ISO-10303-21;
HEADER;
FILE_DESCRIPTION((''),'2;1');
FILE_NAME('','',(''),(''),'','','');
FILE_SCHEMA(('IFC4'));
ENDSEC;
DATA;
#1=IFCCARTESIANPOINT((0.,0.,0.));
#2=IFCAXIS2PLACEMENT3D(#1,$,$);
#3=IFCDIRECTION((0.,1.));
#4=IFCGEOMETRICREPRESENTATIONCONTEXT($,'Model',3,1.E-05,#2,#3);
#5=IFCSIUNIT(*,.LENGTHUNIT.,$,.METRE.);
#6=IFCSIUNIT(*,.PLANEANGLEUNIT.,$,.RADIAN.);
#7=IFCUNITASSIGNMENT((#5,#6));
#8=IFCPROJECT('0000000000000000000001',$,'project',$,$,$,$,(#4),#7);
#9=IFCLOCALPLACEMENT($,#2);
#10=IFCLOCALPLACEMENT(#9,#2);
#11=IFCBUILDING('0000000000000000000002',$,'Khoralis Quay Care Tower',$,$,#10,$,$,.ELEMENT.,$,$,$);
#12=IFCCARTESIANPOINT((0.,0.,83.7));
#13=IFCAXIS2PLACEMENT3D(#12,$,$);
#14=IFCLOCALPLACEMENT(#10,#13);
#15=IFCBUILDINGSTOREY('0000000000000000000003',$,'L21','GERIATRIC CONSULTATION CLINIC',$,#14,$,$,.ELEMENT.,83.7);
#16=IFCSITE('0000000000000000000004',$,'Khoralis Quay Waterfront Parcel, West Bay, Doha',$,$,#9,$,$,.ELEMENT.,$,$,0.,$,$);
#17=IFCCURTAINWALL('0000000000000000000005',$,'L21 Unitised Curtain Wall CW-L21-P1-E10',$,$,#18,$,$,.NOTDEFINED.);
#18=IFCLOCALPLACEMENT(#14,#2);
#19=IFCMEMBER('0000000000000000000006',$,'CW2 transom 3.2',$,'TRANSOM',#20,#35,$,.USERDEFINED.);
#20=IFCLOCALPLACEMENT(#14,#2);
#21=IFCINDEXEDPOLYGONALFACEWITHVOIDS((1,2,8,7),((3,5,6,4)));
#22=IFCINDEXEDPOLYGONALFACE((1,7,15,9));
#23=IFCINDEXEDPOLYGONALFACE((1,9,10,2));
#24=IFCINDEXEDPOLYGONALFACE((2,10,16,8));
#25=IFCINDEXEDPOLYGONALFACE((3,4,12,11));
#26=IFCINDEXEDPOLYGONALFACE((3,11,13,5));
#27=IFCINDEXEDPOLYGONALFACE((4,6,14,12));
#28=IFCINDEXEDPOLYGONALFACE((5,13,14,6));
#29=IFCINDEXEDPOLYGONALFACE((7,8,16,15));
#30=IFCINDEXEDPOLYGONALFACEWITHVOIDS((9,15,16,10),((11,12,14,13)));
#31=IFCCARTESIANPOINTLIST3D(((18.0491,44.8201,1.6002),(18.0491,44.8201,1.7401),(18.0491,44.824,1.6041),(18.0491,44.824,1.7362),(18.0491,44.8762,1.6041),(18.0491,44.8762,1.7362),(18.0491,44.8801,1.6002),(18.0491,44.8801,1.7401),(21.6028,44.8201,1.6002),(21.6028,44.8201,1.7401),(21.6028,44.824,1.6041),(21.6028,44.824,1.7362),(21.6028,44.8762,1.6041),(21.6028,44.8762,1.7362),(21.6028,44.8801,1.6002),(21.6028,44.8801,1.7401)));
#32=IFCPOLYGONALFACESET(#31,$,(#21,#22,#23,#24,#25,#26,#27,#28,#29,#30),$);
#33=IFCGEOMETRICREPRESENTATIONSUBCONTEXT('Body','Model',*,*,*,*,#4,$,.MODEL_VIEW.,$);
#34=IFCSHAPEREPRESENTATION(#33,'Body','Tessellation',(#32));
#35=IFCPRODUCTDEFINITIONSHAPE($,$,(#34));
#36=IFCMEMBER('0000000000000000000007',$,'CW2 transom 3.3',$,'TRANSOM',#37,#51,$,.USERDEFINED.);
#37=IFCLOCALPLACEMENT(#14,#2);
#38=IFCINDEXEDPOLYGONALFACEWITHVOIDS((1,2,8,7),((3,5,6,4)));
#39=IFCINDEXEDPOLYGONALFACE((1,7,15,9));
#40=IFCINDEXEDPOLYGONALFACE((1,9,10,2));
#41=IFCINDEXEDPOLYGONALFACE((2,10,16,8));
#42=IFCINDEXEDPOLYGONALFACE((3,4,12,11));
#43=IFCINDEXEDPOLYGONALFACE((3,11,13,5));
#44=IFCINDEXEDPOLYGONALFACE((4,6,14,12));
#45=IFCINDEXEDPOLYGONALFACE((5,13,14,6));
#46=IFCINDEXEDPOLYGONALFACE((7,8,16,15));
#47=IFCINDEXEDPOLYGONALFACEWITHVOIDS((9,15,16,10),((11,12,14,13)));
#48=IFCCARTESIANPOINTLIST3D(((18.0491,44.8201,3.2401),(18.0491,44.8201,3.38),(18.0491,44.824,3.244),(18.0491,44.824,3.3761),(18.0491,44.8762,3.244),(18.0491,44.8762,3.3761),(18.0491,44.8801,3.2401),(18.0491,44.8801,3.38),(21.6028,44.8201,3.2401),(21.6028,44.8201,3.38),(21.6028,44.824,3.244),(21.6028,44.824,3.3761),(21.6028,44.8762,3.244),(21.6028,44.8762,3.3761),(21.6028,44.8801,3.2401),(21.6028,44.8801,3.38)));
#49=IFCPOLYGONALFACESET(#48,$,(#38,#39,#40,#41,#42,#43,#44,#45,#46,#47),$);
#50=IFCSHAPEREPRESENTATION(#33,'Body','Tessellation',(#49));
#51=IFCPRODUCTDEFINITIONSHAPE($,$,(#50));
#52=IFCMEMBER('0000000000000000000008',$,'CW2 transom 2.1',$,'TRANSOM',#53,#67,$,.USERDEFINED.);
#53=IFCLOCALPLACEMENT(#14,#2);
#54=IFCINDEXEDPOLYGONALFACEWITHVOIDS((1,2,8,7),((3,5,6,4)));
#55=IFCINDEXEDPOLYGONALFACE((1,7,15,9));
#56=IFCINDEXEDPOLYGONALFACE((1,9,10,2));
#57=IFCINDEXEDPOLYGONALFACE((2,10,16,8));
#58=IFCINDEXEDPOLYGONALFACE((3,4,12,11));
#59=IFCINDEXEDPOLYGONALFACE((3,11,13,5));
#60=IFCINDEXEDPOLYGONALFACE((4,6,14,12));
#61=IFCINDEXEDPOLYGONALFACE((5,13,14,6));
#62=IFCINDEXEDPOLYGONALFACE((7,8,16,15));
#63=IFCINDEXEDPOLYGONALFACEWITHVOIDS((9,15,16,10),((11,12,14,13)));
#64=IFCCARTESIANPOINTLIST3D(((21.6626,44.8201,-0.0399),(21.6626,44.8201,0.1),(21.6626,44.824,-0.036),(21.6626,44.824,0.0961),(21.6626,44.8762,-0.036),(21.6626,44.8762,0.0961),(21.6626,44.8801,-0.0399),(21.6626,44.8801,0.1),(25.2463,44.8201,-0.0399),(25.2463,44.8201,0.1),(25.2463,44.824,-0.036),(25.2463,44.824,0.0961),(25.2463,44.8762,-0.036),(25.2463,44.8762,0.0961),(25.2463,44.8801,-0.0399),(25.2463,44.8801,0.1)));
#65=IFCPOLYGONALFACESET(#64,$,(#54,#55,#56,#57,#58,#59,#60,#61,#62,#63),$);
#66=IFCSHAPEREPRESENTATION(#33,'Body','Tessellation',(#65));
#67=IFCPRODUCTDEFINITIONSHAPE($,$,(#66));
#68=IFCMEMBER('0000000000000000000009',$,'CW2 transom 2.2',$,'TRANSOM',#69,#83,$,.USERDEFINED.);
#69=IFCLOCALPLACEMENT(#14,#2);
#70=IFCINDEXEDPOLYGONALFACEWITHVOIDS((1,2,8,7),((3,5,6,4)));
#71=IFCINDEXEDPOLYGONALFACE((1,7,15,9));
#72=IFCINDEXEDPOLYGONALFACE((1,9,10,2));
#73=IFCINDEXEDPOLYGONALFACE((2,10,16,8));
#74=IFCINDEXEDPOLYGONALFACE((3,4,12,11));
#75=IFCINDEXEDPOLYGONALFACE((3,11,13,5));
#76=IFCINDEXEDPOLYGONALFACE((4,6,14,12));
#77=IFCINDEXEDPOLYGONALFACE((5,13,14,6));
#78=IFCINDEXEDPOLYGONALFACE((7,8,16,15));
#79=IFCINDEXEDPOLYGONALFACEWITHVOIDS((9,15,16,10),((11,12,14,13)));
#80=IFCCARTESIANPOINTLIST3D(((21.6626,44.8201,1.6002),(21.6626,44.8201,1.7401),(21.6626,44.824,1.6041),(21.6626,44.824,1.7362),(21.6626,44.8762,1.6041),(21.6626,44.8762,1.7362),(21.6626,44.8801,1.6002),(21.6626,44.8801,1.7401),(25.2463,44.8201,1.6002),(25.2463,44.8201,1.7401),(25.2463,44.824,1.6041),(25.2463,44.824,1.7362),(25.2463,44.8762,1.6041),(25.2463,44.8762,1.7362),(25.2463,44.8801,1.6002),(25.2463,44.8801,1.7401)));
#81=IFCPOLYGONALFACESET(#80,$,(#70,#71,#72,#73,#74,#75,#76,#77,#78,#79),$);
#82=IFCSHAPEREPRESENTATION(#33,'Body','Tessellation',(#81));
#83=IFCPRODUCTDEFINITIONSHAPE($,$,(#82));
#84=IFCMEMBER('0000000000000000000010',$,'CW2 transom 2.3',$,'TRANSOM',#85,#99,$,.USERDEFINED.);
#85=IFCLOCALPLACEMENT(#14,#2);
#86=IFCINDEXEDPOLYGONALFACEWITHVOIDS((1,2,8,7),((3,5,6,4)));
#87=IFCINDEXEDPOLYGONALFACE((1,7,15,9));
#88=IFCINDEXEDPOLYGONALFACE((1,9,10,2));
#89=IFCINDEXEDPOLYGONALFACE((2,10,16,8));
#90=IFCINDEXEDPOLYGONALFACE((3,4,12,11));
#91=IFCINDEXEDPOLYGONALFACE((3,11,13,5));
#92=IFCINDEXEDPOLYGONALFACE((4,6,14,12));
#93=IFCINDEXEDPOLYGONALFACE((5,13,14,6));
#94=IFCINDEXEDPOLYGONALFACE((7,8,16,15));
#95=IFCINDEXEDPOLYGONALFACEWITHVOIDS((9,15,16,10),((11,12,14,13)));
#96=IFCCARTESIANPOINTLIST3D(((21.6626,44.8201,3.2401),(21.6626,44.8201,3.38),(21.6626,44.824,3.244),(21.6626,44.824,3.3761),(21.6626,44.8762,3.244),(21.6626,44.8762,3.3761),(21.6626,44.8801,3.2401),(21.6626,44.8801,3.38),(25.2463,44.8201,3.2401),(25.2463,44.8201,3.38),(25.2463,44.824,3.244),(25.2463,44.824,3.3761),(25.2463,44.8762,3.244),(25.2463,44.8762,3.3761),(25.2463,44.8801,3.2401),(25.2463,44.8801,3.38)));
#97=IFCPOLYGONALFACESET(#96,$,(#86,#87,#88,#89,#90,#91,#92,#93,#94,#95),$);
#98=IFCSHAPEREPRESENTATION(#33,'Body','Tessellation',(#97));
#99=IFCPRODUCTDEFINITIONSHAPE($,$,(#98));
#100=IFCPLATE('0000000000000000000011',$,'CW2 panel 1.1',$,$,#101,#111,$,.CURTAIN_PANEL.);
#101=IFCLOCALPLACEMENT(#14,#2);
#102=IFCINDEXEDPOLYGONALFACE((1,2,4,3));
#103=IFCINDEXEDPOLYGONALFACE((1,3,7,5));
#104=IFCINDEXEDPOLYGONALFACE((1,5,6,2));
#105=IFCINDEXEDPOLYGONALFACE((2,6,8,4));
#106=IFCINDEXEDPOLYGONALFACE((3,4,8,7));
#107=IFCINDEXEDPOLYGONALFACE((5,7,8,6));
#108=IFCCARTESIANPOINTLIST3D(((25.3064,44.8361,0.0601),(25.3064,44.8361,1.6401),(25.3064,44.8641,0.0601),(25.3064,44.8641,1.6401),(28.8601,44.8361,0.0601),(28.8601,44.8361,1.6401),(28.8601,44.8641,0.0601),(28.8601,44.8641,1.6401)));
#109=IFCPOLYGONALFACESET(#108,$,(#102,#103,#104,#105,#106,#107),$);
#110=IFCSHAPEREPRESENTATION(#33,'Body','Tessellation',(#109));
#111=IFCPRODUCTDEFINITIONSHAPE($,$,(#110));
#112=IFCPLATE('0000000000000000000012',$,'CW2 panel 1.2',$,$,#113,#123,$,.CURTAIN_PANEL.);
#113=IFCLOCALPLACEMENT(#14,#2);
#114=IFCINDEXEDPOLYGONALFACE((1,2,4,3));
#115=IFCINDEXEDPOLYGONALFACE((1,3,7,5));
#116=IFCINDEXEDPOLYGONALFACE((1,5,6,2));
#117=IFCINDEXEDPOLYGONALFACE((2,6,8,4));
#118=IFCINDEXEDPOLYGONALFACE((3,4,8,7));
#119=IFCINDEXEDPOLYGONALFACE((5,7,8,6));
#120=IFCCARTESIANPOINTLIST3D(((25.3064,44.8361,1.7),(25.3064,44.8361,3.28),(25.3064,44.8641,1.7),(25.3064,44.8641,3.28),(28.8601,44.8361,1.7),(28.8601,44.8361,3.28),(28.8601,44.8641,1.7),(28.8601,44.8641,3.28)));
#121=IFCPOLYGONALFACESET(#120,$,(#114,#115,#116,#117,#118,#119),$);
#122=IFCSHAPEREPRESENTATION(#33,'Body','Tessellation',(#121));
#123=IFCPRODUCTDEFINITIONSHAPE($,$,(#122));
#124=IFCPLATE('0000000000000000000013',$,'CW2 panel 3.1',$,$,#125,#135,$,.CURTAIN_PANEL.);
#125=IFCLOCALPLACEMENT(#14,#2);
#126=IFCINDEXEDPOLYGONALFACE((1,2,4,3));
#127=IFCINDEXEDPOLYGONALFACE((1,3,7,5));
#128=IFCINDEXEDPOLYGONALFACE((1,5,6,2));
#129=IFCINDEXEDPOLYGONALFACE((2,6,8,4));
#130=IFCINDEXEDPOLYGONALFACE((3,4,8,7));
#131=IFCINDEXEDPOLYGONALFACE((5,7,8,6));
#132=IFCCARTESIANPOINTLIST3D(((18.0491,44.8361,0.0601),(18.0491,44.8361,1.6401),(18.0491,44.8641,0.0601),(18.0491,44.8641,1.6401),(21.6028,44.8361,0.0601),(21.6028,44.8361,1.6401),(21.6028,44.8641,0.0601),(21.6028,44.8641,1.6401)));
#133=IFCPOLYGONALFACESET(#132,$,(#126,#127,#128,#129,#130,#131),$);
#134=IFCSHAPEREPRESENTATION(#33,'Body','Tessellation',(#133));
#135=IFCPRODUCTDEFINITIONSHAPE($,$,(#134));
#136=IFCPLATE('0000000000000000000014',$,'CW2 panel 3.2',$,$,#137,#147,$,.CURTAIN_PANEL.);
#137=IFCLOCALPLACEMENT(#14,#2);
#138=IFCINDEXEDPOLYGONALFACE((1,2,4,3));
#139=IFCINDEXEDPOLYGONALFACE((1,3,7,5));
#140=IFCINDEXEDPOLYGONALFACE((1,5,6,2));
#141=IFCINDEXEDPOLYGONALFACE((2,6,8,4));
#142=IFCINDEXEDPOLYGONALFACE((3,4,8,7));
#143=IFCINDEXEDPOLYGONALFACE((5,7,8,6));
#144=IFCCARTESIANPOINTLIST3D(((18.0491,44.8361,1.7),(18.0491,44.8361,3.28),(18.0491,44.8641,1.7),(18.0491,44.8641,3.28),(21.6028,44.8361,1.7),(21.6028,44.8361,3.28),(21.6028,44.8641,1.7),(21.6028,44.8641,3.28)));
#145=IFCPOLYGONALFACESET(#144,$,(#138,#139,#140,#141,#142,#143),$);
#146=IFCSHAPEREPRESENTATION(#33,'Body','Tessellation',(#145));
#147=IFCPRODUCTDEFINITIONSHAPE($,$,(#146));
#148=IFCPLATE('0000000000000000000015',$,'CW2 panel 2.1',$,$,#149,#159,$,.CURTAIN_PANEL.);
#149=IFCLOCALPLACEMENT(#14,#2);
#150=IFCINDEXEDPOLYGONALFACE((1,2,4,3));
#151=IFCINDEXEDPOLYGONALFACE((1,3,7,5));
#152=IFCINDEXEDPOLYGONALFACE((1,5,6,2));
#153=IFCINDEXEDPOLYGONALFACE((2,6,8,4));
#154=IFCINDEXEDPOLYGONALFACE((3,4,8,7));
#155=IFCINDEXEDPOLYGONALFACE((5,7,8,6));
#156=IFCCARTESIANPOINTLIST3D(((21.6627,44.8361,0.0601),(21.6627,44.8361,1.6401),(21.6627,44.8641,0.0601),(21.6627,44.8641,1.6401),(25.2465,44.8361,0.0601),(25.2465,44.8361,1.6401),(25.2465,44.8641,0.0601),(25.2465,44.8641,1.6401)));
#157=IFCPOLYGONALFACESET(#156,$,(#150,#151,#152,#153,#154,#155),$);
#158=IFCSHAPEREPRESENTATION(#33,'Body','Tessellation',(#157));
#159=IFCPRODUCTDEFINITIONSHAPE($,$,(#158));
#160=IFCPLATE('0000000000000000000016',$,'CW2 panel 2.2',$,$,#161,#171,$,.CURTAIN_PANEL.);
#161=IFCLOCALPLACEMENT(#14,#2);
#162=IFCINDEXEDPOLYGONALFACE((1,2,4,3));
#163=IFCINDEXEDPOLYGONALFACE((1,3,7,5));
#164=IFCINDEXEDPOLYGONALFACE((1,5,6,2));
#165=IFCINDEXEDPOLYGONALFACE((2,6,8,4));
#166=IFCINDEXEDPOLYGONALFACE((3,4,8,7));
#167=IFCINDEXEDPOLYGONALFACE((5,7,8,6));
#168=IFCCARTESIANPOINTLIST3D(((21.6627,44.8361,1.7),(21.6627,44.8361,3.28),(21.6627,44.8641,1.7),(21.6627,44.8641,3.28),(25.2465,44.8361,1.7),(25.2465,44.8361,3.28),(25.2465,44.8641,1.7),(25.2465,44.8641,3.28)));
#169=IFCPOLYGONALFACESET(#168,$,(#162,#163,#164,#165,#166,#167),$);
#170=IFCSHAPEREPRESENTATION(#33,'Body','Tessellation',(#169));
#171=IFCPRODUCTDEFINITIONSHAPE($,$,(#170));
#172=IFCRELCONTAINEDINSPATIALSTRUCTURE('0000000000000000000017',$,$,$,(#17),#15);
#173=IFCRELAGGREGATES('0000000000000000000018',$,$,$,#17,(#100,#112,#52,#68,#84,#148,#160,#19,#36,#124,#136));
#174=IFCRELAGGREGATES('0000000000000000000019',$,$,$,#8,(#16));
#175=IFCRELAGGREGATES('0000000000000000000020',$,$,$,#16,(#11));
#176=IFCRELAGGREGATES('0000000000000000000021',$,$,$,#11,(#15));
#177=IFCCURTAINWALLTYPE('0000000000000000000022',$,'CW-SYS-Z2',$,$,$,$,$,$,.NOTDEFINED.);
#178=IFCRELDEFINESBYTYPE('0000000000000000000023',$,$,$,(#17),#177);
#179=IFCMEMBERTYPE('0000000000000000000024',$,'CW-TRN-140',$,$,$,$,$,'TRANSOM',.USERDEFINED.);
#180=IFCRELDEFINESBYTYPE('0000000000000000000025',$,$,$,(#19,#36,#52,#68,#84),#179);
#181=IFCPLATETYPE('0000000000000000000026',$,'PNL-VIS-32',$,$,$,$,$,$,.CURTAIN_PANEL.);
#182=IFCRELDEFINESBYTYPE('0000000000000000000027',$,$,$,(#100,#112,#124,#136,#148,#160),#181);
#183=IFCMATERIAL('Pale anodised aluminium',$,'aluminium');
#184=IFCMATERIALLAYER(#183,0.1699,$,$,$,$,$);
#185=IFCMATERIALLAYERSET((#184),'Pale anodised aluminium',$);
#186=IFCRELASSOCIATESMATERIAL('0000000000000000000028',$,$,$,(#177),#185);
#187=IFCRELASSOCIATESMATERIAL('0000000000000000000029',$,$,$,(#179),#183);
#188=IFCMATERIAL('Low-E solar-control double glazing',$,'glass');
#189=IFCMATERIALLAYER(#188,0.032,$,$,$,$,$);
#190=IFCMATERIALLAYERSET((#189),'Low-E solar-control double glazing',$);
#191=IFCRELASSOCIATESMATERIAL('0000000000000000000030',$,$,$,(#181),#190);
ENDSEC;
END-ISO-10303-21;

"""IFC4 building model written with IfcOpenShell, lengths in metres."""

from ifc_helpers import new_model, si_unit, direction, frame, origin, origin_2d, place, context, subcontext, project, spatial, rectangle, hollow_rectangle, extrude, source, transform, mapped, material, layer, layer_set, material_profile, profile_set, type_object, element, aggregate, save


model = new_model("IFC4")

# Units and contexts
model_context = context("Model", 3, precision=1e-05, world=origin(), true_north=direction((0.0, 1.0)))
body_context = subcontext(model_context, "Body", "Model", "MODEL_VIEW")
ifc_project = project(units=[si_unit("LENGTHUNIT", "METRE"), si_unit("PLANEANGLEUNIT", "RADIAN")], contexts=[model_context])

# Site, building, storey
site_placement = place(None, origin())
site = spatial("IfcSite", under=ifc_project, at=site_placement, Name="Khoralis Quay Waterfront Parcel, West Bay, Doha", CompositionType="ELEMENT", RefElevation=0.0)
building_placement = place(site_placement, origin())
building = spatial("IfcBuilding", under=site, at=building_placement, Name="Khoralis Quay Care Tower", CompositionType="ELEMENT")
storey_placement = place(building_placement, frame((0.0, 0.0, 83.7)))
storey = spatial("IfcBuildingStorey", under=building, at=storey_placement, Name="L21", Description="GERIATRIC CONSULTATION CLINIC", CompositionType="ELEMENT", Elevation=83.7)

# Curtain wall, members, plates
ifc_material_1 = material(Name="Pale anodised aluminium", Category="aluminium")
ifc_layer_1 = layer(ifc_material_1, 0.1699)
ifc_layer_set_1 = layer_set([ifc_layer_1], Name="Pale anodised aluminium")
curtain_wall_type = type_object("IfcCurtainWallType", Name="CW-SYS-Z2", PredefinedType="NOTDEFINED", material=ifc_layer_set_1)
curtain_wall_placement = place(storey_placement, origin())
curtain_wall = element("IfcCurtainWall", 1, at=curtain_wall_placement, inside=storey, type_object=curtain_wall_type, Name="L21 Unitised Curtain Wall CW-L21-P1-E10", PredefinedType="NOTDEFINED")
ifc_material_profile_1 = material_profile(ifc_material_1, hollow_rectangle(XDim=0.0601, YDim=0.1399, WallThickness=0.0039, at=origin_2d()), Name="Pale anodised aluminium")
ifc_profile_set_1 = profile_set([ifc_material_profile_1], Name="Pale anodised aluminium")
member_type_1 = type_object("IfcMemberType", Name="CW-TRN-140", ElementType="TRANSOM", PredefinedType="USERDEFINED", material=ifc_profile_set_1)
shared_shape_1 = source(origin(), body_context, "Body", "SweptSolid", [
    extrude(hollow_rectangle(XDim=0.0601, YDim=0.1399, WallThickness=0.0039, at=origin_2d()), origin(), (0.0, 0.0, 1.0), 3.5537),
])
member_1_placement = place(storey_placement, frame((21.6028, 44.8501, 1.6702), z_axis=(-1.0, 0.0, 0.0), x_axis=(0.0, -1.0, 0.0)))
member_1 = element("IfcMember", 2, at=member_1_placement, type_object=member_type_1, Name="CW2 transom 3.2", ObjectType="TRANSOM", PredefinedType="USERDEFINED", context=body_context, shape_type="MappedRepresentation", body=[
    mapped(shared_shape_1, transform((0.0, 0.0, 0.0), scale=1.0)),
])
member_2_placement = place(storey_placement, frame((21.6028, 44.8501, 3.3101), z_axis=(-1.0, 0.0, 0.0), x_axis=(0.0, -1.0, 0.0)))
member_2 = element("IfcMember", 3, at=member_2_placement, type_object=member_type_1, Name="CW2 transom 3.3", ObjectType="TRANSOM", PredefinedType="USERDEFINED", context=body_context, shape_type="MappedRepresentation", body=[
    mapped(shared_shape_1, transform((0.0, 0.0, 0.0), scale=1.0)),
])
shared_shape_2 = source(origin(), body_context, "Body", "SweptSolid", [
    extrude(hollow_rectangle(XDim=0.0601, YDim=0.1399, WallThickness=0.0039, at=origin_2d()), origin(), (0.0, 0.0, 1.0), 3.5837),
])
member_3_placement = place(storey_placement, frame((25.2463, 44.8501, 0.03), z_axis=(-1.0, 0.0, 0.0), x_axis=(0.0, -1.0, 0.0)))
member_3 = element("IfcMember", 4, at=member_3_placement, type_object=member_type_1, Name="CW2 transom 2.1", ObjectType="TRANSOM", PredefinedType="USERDEFINED", context=body_context, shape_type="MappedRepresentation", body=[
    mapped(shared_shape_2, transform((0.0, 0.0, 0.0), scale=1.0)),
])
member_4_placement = place(storey_placement, frame((25.2463, 44.8501, 1.6702), z_axis=(-1.0, 0.0, 0.0), x_axis=(0.0, -1.0, 0.0)))
member_4 = element("IfcMember", 5, at=member_4_placement, type_object=member_type_1, Name="CW2 transom 2.2", ObjectType="TRANSOM", PredefinedType="USERDEFINED", context=body_context, shape_type="MappedRepresentation", body=[
    mapped(shared_shape_2, transform((0.0, 0.0, 0.0), scale=1.0)),
])
member_5_placement = place(storey_placement, frame((25.2463, 44.8501, 3.3101), z_axis=(-1.0, 0.0, 0.0), x_axis=(0.0, -1.0, 0.0)))
member_5 = element("IfcMember", 6, at=member_5_placement, type_object=member_type_1, Name="CW2 transom 2.3", ObjectType="TRANSOM", PredefinedType="USERDEFINED", context=body_context, shape_type="MappedRepresentation", body=[
    mapped(shared_shape_2, transform((0.0, 0.0, 0.0), scale=1.0)),
])
ifc_material_2 = material(Name="Low-E solar-control double glazing", Category="glass")
ifc_layer_2 = layer(ifc_material_2, 0.032)
ifc_layer_set_2 = layer_set([ifc_layer_2], Name="Low-E solar-control double glazing")
plate_type = type_object("IfcPlateType", Name="PNL-VIS-32", PredefinedType="CURTAIN_PANEL", material=ifc_layer_set_2)
shared_shape_3 = source(origin(), body_context, "Body", "SweptSolid", [
    extrude(rectangle(XDim=3.5537, YDim=0.0281, at=origin_2d()), origin(), (0.0, 0.0, 1.0), 1.5801),
])
plate_1_placement = place(storey_placement, frame((27.0833, 44.8501, 0.0601), z_axis=(0.0, 0.0, 1.0), x_axis=(-1.0, 0.0, 0.0)))
plate_1 = element("IfcPlate", 7, at=plate_1_placement, type_object=plate_type, Name="CW2 panel 1.1", PredefinedType="CURTAIN_PANEL", context=body_context, shape_type="MappedRepresentation", body=[
    mapped(shared_shape_3, transform((0.0, 0.0, 0.0), scale=1.0)),
])
plate_2_placement = place(storey_placement, frame((27.0833, 44.8501, 1.7), z_axis=(0.0, 0.0, 1.0), x_axis=(-1.0, 0.0, 0.0)))
plate_2 = element("IfcPlate", 8, at=plate_2_placement, type_object=plate_type, Name="CW2 panel 1.2", PredefinedType="CURTAIN_PANEL", context=body_context, shape_type="MappedRepresentation", body=[
    mapped(shared_shape_3, transform((0.0, 0.0, 0.0), scale=1.0)),
])
plate_3_placement = place(storey_placement, frame((19.8259, 44.8501, 0.0601), z_axis=(0.0, 0.0, 1.0), x_axis=(-1.0, 0.0, 0.0)))
plate_3 = element("IfcPlate", 9, at=plate_3_placement, type_object=plate_type, Name="CW2 panel 3.1", PredefinedType="CURTAIN_PANEL", context=body_context, shape_type="MappedRepresentation", body=[
    mapped(shared_shape_3, transform((0.0, 0.0, 0.0), scale=1.0)),
])
plate_4_placement = place(storey_placement, frame((19.8259, 44.8501, 1.7), z_axis=(0.0, 0.0, 1.0), x_axis=(-1.0, 0.0, 0.0)))
plate_4 = element("IfcPlate", 10, at=plate_4_placement, type_object=plate_type, Name="CW2 panel 3.2", PredefinedType="CURTAIN_PANEL", context=body_context, shape_type="MappedRepresentation", body=[
    mapped(shared_shape_3, transform((0.0, 0.0, 0.0), scale=1.0)),
])
shared_shape_4 = source(origin(), body_context, "Body", "SweptSolid", [
    extrude(rectangle(XDim=3.5837, YDim=0.0281, at=origin_2d()), origin(), (0.0, 0.0, 1.0), 1.5801),
])
plate_5_placement = place(storey_placement, frame((23.4546, 44.8501, 0.0601), z_axis=(0.0, 0.0, 1.0), x_axis=(-1.0, 0.0, 0.0)))
plate_5 = element("IfcPlate", 11, at=plate_5_placement, type_object=plate_type, Name="CW2 panel 2.1", PredefinedType="CURTAIN_PANEL", context=body_context, shape_type="MappedRepresentation", body=[
    mapped(shared_shape_4, transform((0.0, 0.0, 0.0), scale=1.0)),
])
plate_6_placement = place(storey_placement, frame((23.4546, 44.8501, 1.7), z_axis=(0.0, 0.0, 1.0), x_axis=(-1.0, 0.0, 0.0)))
plate_6 = element("IfcPlate", 12, at=plate_6_placement, type_object=plate_type, Name="CW2 panel 2.2", PredefinedType="CURTAIN_PANEL", context=body_context, shape_type="MappedRepresentation", body=[
    mapped(shared_shape_4, transform((0.0, 0.0, 0.0), scale=1.0)),
])
aggregate(curtain_wall, [plate_1, plate_2, member_3, member_4, member_5, plate_5, plate_6, member_1, member_2, plate_3, plate_4])

save(model, "model.ifc")
